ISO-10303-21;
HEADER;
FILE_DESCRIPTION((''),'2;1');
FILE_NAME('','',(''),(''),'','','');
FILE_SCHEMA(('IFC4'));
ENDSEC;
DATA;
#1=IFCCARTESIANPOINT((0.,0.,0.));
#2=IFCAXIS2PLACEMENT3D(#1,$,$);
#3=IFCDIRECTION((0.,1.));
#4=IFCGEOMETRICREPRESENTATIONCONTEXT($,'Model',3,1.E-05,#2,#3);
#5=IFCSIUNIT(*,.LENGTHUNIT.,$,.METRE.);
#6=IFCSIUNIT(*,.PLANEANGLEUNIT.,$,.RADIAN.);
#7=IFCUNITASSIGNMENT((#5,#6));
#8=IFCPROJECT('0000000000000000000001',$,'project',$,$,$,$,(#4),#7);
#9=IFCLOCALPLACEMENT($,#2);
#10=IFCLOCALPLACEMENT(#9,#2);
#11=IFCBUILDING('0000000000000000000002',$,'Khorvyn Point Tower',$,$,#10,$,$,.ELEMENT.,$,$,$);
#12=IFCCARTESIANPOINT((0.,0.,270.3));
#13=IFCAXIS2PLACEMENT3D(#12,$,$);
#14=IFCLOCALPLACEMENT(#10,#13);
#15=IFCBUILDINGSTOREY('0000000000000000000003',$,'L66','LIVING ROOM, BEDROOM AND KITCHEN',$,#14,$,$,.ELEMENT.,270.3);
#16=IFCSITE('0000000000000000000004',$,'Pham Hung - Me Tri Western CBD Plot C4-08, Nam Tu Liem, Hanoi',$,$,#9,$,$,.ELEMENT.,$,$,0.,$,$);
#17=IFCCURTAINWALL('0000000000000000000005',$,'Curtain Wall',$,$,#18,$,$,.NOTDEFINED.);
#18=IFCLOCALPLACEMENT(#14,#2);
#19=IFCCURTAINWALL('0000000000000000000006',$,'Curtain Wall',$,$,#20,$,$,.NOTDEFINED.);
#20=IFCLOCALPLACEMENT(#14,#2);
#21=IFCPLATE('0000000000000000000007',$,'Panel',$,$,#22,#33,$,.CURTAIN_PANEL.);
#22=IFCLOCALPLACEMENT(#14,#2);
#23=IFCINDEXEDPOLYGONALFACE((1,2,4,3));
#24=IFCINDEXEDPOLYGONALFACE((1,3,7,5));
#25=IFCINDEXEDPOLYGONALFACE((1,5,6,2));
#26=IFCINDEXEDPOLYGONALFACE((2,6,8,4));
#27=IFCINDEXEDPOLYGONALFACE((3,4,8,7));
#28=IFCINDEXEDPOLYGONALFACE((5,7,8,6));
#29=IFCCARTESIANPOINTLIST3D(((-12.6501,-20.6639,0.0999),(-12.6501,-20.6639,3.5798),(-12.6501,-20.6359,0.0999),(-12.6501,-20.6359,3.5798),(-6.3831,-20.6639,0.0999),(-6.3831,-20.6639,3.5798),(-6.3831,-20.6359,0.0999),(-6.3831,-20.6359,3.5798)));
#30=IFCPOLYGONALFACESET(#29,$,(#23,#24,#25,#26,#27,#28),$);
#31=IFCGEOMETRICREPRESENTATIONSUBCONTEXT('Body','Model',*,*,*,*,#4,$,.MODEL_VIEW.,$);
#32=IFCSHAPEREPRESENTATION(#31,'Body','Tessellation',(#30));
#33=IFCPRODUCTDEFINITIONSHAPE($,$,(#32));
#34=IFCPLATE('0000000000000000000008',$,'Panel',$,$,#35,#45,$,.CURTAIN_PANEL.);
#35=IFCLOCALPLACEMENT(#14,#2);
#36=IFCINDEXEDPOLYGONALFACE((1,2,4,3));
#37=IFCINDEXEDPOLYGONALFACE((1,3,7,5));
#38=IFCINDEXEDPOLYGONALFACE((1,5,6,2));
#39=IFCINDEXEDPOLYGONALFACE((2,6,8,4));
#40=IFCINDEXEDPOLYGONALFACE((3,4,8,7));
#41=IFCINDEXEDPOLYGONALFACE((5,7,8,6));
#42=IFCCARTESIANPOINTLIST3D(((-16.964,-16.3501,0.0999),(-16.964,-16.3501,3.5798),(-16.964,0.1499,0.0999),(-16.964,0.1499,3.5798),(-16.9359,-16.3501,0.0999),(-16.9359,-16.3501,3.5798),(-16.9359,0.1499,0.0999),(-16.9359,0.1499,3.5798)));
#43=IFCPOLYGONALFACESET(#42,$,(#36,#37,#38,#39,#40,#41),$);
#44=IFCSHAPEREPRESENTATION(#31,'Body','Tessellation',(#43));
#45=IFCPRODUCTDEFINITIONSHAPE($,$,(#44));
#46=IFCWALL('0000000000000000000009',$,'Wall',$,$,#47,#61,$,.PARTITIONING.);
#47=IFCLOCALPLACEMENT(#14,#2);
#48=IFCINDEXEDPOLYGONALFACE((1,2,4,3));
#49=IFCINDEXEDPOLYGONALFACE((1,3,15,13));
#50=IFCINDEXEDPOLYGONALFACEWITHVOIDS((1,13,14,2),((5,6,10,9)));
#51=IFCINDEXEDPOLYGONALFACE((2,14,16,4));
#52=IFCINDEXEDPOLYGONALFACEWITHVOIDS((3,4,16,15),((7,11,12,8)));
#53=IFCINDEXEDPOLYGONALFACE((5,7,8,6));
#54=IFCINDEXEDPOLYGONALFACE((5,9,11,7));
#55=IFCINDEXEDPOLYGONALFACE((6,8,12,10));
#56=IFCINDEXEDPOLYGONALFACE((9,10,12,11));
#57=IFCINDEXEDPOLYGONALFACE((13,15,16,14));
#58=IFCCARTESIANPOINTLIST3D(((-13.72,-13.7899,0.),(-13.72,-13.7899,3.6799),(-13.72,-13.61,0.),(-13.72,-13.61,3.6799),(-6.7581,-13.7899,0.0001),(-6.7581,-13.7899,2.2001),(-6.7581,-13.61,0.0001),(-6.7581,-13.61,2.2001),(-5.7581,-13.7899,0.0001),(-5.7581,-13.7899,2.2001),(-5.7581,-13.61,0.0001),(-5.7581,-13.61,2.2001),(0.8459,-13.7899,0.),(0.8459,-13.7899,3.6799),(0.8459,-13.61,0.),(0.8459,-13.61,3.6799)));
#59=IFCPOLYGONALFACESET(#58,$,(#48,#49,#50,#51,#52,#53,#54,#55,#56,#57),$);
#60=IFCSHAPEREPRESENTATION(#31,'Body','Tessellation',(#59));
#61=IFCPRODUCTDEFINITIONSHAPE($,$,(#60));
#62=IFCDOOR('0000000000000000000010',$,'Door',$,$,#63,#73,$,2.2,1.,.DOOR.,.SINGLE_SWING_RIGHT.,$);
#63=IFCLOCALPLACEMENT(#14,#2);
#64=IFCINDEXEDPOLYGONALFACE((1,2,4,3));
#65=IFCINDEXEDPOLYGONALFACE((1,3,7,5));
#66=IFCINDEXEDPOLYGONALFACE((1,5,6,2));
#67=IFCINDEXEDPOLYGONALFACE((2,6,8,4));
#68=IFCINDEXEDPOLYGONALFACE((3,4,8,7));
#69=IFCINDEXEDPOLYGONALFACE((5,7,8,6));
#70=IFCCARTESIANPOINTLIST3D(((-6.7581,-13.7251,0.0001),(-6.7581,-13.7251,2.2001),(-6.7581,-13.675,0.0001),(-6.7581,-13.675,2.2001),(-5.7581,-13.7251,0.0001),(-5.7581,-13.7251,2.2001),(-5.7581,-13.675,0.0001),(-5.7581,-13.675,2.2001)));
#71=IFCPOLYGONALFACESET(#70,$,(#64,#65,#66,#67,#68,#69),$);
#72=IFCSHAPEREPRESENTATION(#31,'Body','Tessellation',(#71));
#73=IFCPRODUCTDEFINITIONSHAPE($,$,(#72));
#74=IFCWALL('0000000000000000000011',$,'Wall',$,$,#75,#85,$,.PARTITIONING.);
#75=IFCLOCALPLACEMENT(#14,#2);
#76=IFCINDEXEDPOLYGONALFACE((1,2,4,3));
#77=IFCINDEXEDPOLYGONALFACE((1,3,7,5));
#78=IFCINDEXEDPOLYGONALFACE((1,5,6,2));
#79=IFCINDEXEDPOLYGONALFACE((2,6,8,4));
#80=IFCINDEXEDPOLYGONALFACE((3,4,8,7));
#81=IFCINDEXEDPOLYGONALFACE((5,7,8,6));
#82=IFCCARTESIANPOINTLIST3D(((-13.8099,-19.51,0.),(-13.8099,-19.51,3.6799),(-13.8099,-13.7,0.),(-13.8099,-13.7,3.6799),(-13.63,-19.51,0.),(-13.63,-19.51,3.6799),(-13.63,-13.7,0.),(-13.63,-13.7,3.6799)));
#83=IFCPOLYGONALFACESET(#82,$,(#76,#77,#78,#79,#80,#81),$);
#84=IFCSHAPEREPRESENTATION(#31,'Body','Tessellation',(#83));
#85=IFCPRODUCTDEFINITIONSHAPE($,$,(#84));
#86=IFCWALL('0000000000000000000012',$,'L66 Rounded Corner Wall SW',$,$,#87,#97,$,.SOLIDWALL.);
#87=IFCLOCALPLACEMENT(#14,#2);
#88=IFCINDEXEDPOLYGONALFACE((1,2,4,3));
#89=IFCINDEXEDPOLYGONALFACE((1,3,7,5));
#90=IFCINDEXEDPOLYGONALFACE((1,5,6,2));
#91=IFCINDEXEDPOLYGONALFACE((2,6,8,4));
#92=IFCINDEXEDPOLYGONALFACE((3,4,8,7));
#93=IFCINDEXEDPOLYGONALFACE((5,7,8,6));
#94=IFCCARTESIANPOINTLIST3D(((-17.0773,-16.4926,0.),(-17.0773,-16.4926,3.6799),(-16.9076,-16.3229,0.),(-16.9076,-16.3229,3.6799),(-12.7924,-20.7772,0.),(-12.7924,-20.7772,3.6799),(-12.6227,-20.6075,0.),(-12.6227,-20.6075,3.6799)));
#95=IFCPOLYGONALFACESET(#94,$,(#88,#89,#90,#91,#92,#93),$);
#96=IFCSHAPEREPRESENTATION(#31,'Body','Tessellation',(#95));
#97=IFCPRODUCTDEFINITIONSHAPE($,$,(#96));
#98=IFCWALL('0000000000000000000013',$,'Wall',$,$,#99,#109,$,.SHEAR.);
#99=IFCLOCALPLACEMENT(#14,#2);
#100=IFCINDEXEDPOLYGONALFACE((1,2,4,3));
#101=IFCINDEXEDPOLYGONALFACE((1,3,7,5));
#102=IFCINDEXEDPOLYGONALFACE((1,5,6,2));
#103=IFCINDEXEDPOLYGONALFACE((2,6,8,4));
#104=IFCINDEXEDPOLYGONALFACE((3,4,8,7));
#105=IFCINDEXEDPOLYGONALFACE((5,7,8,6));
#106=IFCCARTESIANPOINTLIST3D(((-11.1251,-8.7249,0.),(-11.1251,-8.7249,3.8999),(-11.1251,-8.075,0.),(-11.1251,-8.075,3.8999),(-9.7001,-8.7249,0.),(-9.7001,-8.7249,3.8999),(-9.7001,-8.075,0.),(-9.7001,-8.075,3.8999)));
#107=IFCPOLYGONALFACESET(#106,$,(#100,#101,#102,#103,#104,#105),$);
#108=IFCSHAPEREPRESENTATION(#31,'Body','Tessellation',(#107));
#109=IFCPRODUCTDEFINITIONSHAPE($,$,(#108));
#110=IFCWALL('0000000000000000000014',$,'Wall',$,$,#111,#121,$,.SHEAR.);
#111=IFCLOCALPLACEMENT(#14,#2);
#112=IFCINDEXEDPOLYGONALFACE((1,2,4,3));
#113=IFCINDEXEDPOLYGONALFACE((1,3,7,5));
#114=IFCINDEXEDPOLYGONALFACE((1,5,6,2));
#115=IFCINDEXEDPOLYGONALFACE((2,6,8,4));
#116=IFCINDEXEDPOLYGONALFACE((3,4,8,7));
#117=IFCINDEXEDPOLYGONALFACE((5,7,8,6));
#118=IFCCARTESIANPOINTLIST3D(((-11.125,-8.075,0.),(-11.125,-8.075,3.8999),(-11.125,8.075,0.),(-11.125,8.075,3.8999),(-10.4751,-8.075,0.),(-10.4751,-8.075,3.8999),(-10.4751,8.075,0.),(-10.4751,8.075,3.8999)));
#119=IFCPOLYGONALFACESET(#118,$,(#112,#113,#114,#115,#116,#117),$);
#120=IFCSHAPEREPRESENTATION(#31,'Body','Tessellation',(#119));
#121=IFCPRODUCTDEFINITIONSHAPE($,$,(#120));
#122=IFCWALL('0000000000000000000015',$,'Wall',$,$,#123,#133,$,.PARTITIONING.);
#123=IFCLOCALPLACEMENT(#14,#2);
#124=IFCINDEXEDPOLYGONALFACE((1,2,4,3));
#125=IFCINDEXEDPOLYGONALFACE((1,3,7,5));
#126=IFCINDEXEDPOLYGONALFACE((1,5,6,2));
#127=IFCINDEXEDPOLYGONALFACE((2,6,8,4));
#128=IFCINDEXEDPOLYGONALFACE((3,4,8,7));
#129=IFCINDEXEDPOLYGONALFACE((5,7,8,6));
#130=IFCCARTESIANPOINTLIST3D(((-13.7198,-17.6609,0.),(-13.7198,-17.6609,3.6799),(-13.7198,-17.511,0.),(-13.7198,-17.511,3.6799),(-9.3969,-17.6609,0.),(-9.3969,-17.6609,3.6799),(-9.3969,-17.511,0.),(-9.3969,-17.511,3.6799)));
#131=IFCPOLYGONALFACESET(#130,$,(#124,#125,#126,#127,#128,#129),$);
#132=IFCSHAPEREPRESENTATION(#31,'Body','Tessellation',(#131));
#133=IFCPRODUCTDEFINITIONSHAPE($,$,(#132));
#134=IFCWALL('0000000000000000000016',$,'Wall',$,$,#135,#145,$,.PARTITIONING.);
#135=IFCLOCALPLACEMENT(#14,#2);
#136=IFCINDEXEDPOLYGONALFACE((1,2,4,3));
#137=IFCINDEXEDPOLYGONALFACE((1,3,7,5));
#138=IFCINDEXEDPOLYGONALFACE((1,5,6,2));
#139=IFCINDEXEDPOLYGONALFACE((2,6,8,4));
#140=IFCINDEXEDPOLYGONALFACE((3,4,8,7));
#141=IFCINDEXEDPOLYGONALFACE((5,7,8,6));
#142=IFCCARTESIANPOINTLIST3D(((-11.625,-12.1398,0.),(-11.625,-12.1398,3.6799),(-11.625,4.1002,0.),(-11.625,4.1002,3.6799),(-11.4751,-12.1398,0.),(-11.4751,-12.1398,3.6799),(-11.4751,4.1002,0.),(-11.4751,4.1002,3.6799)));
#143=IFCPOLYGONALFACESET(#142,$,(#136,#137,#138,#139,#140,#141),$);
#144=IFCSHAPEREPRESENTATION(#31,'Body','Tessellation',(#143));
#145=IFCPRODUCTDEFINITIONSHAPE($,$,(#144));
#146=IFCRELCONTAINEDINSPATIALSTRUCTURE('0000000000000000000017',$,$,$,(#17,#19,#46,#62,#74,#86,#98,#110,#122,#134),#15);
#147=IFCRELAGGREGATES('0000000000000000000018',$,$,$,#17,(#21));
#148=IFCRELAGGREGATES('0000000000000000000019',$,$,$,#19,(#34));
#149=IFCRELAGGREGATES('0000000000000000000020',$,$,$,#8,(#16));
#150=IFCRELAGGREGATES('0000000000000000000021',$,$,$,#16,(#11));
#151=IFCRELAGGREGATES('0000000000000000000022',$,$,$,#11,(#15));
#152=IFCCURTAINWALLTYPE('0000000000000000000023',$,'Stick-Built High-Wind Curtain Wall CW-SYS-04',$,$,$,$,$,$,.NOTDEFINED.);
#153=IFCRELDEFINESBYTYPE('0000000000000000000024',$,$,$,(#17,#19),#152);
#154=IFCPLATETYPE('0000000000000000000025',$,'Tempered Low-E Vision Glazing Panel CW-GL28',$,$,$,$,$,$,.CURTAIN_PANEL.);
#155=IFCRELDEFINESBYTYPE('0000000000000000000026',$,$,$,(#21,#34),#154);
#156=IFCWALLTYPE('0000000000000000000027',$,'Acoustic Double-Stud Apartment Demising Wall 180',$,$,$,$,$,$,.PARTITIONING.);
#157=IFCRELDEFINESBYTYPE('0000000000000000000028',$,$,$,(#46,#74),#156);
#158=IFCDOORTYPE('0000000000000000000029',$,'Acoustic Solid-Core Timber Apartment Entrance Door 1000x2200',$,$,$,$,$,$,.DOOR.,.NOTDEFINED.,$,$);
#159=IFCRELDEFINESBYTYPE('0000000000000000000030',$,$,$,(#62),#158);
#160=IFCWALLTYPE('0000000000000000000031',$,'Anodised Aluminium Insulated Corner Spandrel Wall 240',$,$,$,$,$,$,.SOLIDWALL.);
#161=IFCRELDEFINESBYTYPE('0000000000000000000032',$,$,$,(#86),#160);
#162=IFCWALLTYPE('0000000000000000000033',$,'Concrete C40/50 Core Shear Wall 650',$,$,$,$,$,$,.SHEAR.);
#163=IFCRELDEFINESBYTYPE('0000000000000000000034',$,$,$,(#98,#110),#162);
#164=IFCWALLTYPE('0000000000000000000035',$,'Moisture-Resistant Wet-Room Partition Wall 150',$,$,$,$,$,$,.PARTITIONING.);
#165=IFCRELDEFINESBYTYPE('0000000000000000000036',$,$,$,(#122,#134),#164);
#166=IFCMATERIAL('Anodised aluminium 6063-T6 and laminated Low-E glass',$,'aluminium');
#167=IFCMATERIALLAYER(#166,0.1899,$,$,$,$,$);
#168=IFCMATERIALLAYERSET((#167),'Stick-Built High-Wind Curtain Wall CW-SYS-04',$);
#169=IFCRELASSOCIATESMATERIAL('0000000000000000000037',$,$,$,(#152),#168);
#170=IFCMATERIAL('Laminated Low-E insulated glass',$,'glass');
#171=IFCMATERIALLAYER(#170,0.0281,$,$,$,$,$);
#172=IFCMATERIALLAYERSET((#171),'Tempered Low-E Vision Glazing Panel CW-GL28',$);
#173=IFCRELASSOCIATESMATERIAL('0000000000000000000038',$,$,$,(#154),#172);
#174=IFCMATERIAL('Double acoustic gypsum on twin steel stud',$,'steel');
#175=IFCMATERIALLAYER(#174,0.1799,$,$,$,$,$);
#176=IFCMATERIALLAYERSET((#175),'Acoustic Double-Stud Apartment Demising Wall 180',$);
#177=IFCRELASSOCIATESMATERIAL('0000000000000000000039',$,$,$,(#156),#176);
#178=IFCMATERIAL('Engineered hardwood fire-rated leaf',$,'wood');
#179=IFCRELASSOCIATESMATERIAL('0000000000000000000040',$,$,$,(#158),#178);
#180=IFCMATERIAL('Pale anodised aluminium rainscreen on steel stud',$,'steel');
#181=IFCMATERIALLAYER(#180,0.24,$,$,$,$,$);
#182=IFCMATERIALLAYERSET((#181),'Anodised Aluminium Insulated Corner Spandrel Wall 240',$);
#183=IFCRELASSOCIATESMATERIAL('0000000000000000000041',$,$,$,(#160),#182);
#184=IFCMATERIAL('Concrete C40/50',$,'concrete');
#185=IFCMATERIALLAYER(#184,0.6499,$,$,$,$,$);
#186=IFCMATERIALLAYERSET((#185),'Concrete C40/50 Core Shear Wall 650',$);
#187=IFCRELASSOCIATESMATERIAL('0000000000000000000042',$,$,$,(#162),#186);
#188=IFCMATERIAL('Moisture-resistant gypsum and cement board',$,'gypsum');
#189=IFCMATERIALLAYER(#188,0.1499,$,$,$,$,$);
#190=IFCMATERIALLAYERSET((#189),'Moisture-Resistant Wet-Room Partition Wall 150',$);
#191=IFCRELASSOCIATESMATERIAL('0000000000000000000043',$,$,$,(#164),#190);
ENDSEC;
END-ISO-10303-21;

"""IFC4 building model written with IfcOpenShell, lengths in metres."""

from ifc_helpers import new_model, si_unit, direction, frame, frame_2d, origin, origin_2d, place, context, subcontext, project, spatial, rectangle, extrude, material, layer, layer_set, type_object, element, fill, aggregate, save


model = new_model("IFC4")

# Units and contexts
model_context = context("Model", 3, precision=1e-05, world=origin(), true_north=direction((0.0, 1.0)))
body_context = subcontext(model_context, "Body", "Model", "MODEL_VIEW")
ifc_project = project(units=[si_unit("LENGTHUNIT", "METRE"), si_unit("PLANEANGLEUNIT", "RADIAN")], contexts=[model_context])

# Site, building, storey
site_placement = place(None, origin())
site = spatial("IfcSite", under=ifc_project, at=site_placement, Name="Pham Hung - Me Tri Western CBD Plot C4-08, Nam Tu Liem, Hanoi", CompositionType="ELEMENT", RefElevation=0.0)
building_placement = place(site_placement, origin())
building = spatial("IfcBuilding", under=site, at=building_placement, Name="Khorvyn Point Tower", CompositionType="ELEMENT")
storey_placement = place(building_placement, frame((0.0, 0.0, 270.3)))
storey = spatial("IfcBuildingStorey", under=building, at=storey_placement, Name="L66", Description="LIVING ROOM, BEDROOM AND KITCHEN", CompositionType="ELEMENT", Elevation=270.3)

# Shared definitions
ifc_material_1 = material(Name="Concrete C40/50", Category="concrete")

# Curtain wall
ifc_material_2 = material(Name="Anodised aluminium 6063-T6 and laminated Low-E glass", Category="aluminium")
ifc_layer_1 = layer(ifc_material_2, 0.1899)
ifc_layer_set_1 = layer_set([ifc_layer_1], Name="Stick-Built High-Wind Curtain Wall CW-SYS-04")
curtain_wall_type = type_object("IfcCurtainWallType", Name="Stick-Built High-Wind Curtain Wall CW-SYS-04", PredefinedType="NOTDEFINED", material=ifc_layer_set_1)
curtain_wall_1_placement = place(storey_placement, origin())
curtain_wall_1 = element("IfcCurtainWall", 1, at=curtain_wall_1_placement, inside=storey, type_object=curtain_wall_type, Name="Curtain Wall", PredefinedType="NOTDEFINED")

# Curtain wall
curtain_wall_2_placement = place(storey_placement, origin())
curtain_wall_2 = element("IfcCurtainWall", 2, at=curtain_wall_2_placement, inside=storey, type_object=curtain_wall_type, Name="Curtain Wall", PredefinedType="NOTDEFINED")

# Plates
ifc_material_3 = material(Name="Laminated Low-E insulated glass", Category="glass")
ifc_layer_2 = layer(ifc_material_3, 0.0281)
ifc_layer_set_2 = layer_set([ifc_layer_2], Name="Tempered Low-E Vision Glazing Panel CW-GL28")
plate_type_1 = type_object("IfcPlateType", Name="Tempered Low-E Vision Glazing Panel CW-GL28", PredefinedType="CURTAIN_PANEL", material=ifc_layer_set_2)
plate_1_placement = place(storey_placement, frame((-9.5166, -20.6499, 0.0999), z_axis=(0.0, 0.0, 1.0), x_axis=(-1.0, 0.0, 0.0)))
plate_1 = element("IfcPlate", 3, at=plate_1_placement, type_object=plate_type_1, Name="Panel", PredefinedType="CURTAIN_PANEL", context=body_context, shape_type="SweptSolid", body=[
    extrude(rectangle(XDim=6.2671, YDim=0.0281, at=origin_2d()), origin(), (0.0, 0.0, 1.0), 3.48),
])
aggregate(curtain_wall_1, [plate_1])
plate_2_placement = place(storey_placement, frame((-16.95, -8.1001, 0.0999), z_axis=(0.0, 0.0, 1.0), x_axis=(0.0, 1.0, 0.0)))
plate_2 = element("IfcPlate", 4, at=plate_2_placement, type_object=plate_type_1, Name="Panel", PredefinedType="CURTAIN_PANEL", context=body_context, shape_type="SweptSolid", body=[
    extrude(rectangle(XDim=16.5, YDim=0.0281, at=origin_2d()), origin(), (0.0, 0.0, 1.0), 3.48),
])
aggregate(curtain_wall_2, [plate_2])

# Wall, opening, door
ifc_material_4 = material(Name="Double acoustic gypsum on twin steel stud", Category="steel")
ifc_layer_3 = layer(ifc_material_4, 0.1799)
ifc_layer_set_3 = layer_set([ifc_layer_3], Name="Acoustic Double-Stud Apartment Demising Wall 180")
wall_type_1 = type_object("IfcWallType", Name="Acoustic Double-Stud Apartment Demising Wall 180", PredefinedType="PARTITIONING", material=ifc_layer_set_3)
wall_1_placement = place(storey_placement, frame((-13.72, -13.7, 0.0), z_axis=(0.0, 0.0, 1.0), x_axis=(1.0, 0.0, 0.0)))
wall_1 = element("IfcWall", 5, at=wall_1_placement, inside=storey, type_object=wall_type_1, Name="Wall", PredefinedType="PARTITIONING", context=body_context, shape_type="SweptSolid", body=[
    extrude(rectangle(XDim=14.5659, YDim=0.1799, at=frame_2d((7.283, 0.0))), origin(), (0.0, 0.0, 1.0), 3.6799),
])
opening_1_placement = place(wall_1_placement, frame((6.9619, 0.0, 0.0)))
opening_1 = element("IfcOpeningElement", 6, at=opening_1_placement, cuts=wall_1, PredefinedType="OPENING", context=body_context, shape_type="SweptSolid", body=[
    extrude(rectangle(XDim=1.0, YDim=2.2, at=frame_2d((0.5, 1.1001))), frame((0.0, 0.0999, 0.0), z_axis=(0.0, -1.0, 0.0), x_axis=(1.0, 0.0, 0.0)), (0.0, 0.0, 1.0), 0.2),
])
ifc_material_5 = material(Name="Engineered hardwood fire-rated leaf", Category="wood")
door_type_1 = type_object("IfcDoorType", Name="Acoustic Solid-Core Timber Apartment Entrance Door 1000x2200", OperationType="NOTDEFINED", PredefinedType="DOOR", material=ifc_material_5)
door_1_placement = place(opening_1_placement, origin())
door_1 = element("IfcDoor", 7, at=door_1_placement, inside=storey, type_object=door_type_1, Name="Door", OperationType="SINGLE_SWING_RIGHT", OverallHeight=2.2, OverallWidth=1.0, PredefinedType="DOOR", context=body_context, shape_type="SweptSolid", body=[
    extrude(rectangle(XDim=1.0, YDim=2.2, at=frame_2d((0.5, 1.1001))), frame((0.0, 0.0249, 0.0), z_axis=(0.0, -1.0, 0.0), x_axis=(1.0, 0.0, 0.0)), (0.0, 0.0, 1.0), 0.05),
])
fill(opening_1, door_1)

# Walls
wall_2_placement = place(storey_placement, frame((-13.72, -19.51, 0.0), z_axis=(0.0, 0.0, 1.0), x_axis=(0.0, 1.0, 0.0)))
element("IfcWall", 8, at=wall_2_placement, inside=storey, type_object=wall_type_1, Name="Wall", PredefinedType="PARTITIONING", context=body_context, shape_type="SweptSolid", body=[
    extrude(rectangle(XDim=5.8101, YDim=0.1799, at=frame_2d((2.905, 0.0))), origin(), (0.0, 0.0, 1.0), 3.6799),
])
ifc_material_6 = material(Name="Pale anodised aluminium rainscreen on steel stud", Category="steel")
ifc_layer_4 = layer(ifc_material_6, 0.24)
ifc_layer_set_4 = layer_set([ifc_layer_4], Name="Anodised Aluminium Insulated Corner Spandrel Wall 240")
wall_type_2 = type_object("IfcWallType", Name="Anodised Aluminium Insulated Corner Spandrel Wall 240", PredefinedType="SOLIDWALL", material=ifc_layer_set_4)
wall_3_placement = place(storey_placement, frame((-12.7075, -20.6924, 0.0), z_axis=(0.0, 0.0, 1.0), x_axis=(-0.707127, 0.707087, 0.0)))
element("IfcWall", 9, at=wall_3_placement, inside=storey, type_object=wall_type_2, Name="L66 Rounded Corner Wall SW", PredefinedType="SOLIDWALL", context=body_context, shape_type="SweptSolid", body=[
    extrude(rectangle(XDim=6.0596, YDim=0.24, at=frame_2d((3.0298, 0.0))), origin(), (0.0, 0.0, 1.0), 3.6799),
])
ifc_layer_5 = layer(ifc_material_1, 0.6499)
ifc_layer_set_5 = layer_set([ifc_layer_5], Name="Concrete C40/50 Core Shear Wall 650")
wall_type_3 = type_object("IfcWallType", Name="Concrete C40/50 Core Shear Wall 650", PredefinedType="SHEAR", material=ifc_layer_set_5)
wall_4_placement = place(storey_placement, frame((-11.125, -8.3999, 0.0), z_axis=(0.0, 0.0, 1.0), x_axis=(1.0, 0.0, 0.0)))
element("IfcWall", 10, at=wall_4_placement, inside=storey, type_object=wall_type_3, Name="Wall", PredefinedType="SHEAR", context=body_context, shape_type="SweptSolid", body=[
    extrude(rectangle(XDim=1.425, YDim=0.6499, at=frame_2d((0.7124, 0.0))), origin(), (0.0, 0.0, 1.0), 3.8999),
])
wall_5_placement = place(storey_placement, frame((-10.8, -8.075, 0.0), z_axis=(0.0, 0.0, 1.0), x_axis=(0.0, 1.0, 0.0)))
element("IfcWall", 11, at=wall_5_placement, inside=storey, type_object=wall_type_3, Name="Wall", PredefinedType="SHEAR", context=body_context, shape_type="SweptSolid", body=[
    extrude(rectangle(XDim=16.1499, YDim=0.6499, at=frame_2d((8.075, 0.0))), origin(), (0.0, 0.0, 1.0), 3.8999),
])

# Walls
ifc_material_7 = material(Name="Moisture-resistant gypsum and cement board", Category="gypsum")
ifc_layer_6 = layer(ifc_material_7, 0.1499)
ifc_layer_set_6 = layer_set([ifc_layer_6], Name="Moisture-Resistant Wet-Room Partition Wall 150")
wall_type_4 = type_object("IfcWallType", Name="Moisture-Resistant Wet-Room Partition Wall 150", PredefinedType="PARTITIONING", material=ifc_layer_set_6)
wall_6_placement = place(storey_placement, frame((-13.72, -17.5859, 0.0), z_axis=(0.0, 0.0, 1.0), x_axis=(1.0, 0.0, 0.0)))
element("IfcWall", 12, at=wall_6_placement, inside=storey, type_object=wall_type_4, Name="Wall", PredefinedType="PARTITIONING", context=body_context, shape_type="SweptSolid", body=[
    extrude(rectangle(XDim=4.323, YDim=0.1499, at=frame_2d((2.1616, 0.0))), origin(), (0.0, 0.0, 1.0), 3.6799),
])
wall_7_placement = place(storey_placement, frame((-11.55, -12.1399, 0.0), z_axis=(0.0, 0.0, 1.0), x_axis=(0.0, 1.0, 0.0)))
element("IfcWall", 13, at=wall_7_placement, inside=storey, type_object=wall_type_4, Name="Wall", PredefinedType="PARTITIONING", context=body_context, shape_type="SweptSolid", body=[
    extrude(rectangle(XDim=16.24, YDim=0.1499, at=frame_2d((8.1201, 0.0))), origin(), (0.0, 0.0, 1.0), 3.6799),
])

save(model, "model.ifc")
